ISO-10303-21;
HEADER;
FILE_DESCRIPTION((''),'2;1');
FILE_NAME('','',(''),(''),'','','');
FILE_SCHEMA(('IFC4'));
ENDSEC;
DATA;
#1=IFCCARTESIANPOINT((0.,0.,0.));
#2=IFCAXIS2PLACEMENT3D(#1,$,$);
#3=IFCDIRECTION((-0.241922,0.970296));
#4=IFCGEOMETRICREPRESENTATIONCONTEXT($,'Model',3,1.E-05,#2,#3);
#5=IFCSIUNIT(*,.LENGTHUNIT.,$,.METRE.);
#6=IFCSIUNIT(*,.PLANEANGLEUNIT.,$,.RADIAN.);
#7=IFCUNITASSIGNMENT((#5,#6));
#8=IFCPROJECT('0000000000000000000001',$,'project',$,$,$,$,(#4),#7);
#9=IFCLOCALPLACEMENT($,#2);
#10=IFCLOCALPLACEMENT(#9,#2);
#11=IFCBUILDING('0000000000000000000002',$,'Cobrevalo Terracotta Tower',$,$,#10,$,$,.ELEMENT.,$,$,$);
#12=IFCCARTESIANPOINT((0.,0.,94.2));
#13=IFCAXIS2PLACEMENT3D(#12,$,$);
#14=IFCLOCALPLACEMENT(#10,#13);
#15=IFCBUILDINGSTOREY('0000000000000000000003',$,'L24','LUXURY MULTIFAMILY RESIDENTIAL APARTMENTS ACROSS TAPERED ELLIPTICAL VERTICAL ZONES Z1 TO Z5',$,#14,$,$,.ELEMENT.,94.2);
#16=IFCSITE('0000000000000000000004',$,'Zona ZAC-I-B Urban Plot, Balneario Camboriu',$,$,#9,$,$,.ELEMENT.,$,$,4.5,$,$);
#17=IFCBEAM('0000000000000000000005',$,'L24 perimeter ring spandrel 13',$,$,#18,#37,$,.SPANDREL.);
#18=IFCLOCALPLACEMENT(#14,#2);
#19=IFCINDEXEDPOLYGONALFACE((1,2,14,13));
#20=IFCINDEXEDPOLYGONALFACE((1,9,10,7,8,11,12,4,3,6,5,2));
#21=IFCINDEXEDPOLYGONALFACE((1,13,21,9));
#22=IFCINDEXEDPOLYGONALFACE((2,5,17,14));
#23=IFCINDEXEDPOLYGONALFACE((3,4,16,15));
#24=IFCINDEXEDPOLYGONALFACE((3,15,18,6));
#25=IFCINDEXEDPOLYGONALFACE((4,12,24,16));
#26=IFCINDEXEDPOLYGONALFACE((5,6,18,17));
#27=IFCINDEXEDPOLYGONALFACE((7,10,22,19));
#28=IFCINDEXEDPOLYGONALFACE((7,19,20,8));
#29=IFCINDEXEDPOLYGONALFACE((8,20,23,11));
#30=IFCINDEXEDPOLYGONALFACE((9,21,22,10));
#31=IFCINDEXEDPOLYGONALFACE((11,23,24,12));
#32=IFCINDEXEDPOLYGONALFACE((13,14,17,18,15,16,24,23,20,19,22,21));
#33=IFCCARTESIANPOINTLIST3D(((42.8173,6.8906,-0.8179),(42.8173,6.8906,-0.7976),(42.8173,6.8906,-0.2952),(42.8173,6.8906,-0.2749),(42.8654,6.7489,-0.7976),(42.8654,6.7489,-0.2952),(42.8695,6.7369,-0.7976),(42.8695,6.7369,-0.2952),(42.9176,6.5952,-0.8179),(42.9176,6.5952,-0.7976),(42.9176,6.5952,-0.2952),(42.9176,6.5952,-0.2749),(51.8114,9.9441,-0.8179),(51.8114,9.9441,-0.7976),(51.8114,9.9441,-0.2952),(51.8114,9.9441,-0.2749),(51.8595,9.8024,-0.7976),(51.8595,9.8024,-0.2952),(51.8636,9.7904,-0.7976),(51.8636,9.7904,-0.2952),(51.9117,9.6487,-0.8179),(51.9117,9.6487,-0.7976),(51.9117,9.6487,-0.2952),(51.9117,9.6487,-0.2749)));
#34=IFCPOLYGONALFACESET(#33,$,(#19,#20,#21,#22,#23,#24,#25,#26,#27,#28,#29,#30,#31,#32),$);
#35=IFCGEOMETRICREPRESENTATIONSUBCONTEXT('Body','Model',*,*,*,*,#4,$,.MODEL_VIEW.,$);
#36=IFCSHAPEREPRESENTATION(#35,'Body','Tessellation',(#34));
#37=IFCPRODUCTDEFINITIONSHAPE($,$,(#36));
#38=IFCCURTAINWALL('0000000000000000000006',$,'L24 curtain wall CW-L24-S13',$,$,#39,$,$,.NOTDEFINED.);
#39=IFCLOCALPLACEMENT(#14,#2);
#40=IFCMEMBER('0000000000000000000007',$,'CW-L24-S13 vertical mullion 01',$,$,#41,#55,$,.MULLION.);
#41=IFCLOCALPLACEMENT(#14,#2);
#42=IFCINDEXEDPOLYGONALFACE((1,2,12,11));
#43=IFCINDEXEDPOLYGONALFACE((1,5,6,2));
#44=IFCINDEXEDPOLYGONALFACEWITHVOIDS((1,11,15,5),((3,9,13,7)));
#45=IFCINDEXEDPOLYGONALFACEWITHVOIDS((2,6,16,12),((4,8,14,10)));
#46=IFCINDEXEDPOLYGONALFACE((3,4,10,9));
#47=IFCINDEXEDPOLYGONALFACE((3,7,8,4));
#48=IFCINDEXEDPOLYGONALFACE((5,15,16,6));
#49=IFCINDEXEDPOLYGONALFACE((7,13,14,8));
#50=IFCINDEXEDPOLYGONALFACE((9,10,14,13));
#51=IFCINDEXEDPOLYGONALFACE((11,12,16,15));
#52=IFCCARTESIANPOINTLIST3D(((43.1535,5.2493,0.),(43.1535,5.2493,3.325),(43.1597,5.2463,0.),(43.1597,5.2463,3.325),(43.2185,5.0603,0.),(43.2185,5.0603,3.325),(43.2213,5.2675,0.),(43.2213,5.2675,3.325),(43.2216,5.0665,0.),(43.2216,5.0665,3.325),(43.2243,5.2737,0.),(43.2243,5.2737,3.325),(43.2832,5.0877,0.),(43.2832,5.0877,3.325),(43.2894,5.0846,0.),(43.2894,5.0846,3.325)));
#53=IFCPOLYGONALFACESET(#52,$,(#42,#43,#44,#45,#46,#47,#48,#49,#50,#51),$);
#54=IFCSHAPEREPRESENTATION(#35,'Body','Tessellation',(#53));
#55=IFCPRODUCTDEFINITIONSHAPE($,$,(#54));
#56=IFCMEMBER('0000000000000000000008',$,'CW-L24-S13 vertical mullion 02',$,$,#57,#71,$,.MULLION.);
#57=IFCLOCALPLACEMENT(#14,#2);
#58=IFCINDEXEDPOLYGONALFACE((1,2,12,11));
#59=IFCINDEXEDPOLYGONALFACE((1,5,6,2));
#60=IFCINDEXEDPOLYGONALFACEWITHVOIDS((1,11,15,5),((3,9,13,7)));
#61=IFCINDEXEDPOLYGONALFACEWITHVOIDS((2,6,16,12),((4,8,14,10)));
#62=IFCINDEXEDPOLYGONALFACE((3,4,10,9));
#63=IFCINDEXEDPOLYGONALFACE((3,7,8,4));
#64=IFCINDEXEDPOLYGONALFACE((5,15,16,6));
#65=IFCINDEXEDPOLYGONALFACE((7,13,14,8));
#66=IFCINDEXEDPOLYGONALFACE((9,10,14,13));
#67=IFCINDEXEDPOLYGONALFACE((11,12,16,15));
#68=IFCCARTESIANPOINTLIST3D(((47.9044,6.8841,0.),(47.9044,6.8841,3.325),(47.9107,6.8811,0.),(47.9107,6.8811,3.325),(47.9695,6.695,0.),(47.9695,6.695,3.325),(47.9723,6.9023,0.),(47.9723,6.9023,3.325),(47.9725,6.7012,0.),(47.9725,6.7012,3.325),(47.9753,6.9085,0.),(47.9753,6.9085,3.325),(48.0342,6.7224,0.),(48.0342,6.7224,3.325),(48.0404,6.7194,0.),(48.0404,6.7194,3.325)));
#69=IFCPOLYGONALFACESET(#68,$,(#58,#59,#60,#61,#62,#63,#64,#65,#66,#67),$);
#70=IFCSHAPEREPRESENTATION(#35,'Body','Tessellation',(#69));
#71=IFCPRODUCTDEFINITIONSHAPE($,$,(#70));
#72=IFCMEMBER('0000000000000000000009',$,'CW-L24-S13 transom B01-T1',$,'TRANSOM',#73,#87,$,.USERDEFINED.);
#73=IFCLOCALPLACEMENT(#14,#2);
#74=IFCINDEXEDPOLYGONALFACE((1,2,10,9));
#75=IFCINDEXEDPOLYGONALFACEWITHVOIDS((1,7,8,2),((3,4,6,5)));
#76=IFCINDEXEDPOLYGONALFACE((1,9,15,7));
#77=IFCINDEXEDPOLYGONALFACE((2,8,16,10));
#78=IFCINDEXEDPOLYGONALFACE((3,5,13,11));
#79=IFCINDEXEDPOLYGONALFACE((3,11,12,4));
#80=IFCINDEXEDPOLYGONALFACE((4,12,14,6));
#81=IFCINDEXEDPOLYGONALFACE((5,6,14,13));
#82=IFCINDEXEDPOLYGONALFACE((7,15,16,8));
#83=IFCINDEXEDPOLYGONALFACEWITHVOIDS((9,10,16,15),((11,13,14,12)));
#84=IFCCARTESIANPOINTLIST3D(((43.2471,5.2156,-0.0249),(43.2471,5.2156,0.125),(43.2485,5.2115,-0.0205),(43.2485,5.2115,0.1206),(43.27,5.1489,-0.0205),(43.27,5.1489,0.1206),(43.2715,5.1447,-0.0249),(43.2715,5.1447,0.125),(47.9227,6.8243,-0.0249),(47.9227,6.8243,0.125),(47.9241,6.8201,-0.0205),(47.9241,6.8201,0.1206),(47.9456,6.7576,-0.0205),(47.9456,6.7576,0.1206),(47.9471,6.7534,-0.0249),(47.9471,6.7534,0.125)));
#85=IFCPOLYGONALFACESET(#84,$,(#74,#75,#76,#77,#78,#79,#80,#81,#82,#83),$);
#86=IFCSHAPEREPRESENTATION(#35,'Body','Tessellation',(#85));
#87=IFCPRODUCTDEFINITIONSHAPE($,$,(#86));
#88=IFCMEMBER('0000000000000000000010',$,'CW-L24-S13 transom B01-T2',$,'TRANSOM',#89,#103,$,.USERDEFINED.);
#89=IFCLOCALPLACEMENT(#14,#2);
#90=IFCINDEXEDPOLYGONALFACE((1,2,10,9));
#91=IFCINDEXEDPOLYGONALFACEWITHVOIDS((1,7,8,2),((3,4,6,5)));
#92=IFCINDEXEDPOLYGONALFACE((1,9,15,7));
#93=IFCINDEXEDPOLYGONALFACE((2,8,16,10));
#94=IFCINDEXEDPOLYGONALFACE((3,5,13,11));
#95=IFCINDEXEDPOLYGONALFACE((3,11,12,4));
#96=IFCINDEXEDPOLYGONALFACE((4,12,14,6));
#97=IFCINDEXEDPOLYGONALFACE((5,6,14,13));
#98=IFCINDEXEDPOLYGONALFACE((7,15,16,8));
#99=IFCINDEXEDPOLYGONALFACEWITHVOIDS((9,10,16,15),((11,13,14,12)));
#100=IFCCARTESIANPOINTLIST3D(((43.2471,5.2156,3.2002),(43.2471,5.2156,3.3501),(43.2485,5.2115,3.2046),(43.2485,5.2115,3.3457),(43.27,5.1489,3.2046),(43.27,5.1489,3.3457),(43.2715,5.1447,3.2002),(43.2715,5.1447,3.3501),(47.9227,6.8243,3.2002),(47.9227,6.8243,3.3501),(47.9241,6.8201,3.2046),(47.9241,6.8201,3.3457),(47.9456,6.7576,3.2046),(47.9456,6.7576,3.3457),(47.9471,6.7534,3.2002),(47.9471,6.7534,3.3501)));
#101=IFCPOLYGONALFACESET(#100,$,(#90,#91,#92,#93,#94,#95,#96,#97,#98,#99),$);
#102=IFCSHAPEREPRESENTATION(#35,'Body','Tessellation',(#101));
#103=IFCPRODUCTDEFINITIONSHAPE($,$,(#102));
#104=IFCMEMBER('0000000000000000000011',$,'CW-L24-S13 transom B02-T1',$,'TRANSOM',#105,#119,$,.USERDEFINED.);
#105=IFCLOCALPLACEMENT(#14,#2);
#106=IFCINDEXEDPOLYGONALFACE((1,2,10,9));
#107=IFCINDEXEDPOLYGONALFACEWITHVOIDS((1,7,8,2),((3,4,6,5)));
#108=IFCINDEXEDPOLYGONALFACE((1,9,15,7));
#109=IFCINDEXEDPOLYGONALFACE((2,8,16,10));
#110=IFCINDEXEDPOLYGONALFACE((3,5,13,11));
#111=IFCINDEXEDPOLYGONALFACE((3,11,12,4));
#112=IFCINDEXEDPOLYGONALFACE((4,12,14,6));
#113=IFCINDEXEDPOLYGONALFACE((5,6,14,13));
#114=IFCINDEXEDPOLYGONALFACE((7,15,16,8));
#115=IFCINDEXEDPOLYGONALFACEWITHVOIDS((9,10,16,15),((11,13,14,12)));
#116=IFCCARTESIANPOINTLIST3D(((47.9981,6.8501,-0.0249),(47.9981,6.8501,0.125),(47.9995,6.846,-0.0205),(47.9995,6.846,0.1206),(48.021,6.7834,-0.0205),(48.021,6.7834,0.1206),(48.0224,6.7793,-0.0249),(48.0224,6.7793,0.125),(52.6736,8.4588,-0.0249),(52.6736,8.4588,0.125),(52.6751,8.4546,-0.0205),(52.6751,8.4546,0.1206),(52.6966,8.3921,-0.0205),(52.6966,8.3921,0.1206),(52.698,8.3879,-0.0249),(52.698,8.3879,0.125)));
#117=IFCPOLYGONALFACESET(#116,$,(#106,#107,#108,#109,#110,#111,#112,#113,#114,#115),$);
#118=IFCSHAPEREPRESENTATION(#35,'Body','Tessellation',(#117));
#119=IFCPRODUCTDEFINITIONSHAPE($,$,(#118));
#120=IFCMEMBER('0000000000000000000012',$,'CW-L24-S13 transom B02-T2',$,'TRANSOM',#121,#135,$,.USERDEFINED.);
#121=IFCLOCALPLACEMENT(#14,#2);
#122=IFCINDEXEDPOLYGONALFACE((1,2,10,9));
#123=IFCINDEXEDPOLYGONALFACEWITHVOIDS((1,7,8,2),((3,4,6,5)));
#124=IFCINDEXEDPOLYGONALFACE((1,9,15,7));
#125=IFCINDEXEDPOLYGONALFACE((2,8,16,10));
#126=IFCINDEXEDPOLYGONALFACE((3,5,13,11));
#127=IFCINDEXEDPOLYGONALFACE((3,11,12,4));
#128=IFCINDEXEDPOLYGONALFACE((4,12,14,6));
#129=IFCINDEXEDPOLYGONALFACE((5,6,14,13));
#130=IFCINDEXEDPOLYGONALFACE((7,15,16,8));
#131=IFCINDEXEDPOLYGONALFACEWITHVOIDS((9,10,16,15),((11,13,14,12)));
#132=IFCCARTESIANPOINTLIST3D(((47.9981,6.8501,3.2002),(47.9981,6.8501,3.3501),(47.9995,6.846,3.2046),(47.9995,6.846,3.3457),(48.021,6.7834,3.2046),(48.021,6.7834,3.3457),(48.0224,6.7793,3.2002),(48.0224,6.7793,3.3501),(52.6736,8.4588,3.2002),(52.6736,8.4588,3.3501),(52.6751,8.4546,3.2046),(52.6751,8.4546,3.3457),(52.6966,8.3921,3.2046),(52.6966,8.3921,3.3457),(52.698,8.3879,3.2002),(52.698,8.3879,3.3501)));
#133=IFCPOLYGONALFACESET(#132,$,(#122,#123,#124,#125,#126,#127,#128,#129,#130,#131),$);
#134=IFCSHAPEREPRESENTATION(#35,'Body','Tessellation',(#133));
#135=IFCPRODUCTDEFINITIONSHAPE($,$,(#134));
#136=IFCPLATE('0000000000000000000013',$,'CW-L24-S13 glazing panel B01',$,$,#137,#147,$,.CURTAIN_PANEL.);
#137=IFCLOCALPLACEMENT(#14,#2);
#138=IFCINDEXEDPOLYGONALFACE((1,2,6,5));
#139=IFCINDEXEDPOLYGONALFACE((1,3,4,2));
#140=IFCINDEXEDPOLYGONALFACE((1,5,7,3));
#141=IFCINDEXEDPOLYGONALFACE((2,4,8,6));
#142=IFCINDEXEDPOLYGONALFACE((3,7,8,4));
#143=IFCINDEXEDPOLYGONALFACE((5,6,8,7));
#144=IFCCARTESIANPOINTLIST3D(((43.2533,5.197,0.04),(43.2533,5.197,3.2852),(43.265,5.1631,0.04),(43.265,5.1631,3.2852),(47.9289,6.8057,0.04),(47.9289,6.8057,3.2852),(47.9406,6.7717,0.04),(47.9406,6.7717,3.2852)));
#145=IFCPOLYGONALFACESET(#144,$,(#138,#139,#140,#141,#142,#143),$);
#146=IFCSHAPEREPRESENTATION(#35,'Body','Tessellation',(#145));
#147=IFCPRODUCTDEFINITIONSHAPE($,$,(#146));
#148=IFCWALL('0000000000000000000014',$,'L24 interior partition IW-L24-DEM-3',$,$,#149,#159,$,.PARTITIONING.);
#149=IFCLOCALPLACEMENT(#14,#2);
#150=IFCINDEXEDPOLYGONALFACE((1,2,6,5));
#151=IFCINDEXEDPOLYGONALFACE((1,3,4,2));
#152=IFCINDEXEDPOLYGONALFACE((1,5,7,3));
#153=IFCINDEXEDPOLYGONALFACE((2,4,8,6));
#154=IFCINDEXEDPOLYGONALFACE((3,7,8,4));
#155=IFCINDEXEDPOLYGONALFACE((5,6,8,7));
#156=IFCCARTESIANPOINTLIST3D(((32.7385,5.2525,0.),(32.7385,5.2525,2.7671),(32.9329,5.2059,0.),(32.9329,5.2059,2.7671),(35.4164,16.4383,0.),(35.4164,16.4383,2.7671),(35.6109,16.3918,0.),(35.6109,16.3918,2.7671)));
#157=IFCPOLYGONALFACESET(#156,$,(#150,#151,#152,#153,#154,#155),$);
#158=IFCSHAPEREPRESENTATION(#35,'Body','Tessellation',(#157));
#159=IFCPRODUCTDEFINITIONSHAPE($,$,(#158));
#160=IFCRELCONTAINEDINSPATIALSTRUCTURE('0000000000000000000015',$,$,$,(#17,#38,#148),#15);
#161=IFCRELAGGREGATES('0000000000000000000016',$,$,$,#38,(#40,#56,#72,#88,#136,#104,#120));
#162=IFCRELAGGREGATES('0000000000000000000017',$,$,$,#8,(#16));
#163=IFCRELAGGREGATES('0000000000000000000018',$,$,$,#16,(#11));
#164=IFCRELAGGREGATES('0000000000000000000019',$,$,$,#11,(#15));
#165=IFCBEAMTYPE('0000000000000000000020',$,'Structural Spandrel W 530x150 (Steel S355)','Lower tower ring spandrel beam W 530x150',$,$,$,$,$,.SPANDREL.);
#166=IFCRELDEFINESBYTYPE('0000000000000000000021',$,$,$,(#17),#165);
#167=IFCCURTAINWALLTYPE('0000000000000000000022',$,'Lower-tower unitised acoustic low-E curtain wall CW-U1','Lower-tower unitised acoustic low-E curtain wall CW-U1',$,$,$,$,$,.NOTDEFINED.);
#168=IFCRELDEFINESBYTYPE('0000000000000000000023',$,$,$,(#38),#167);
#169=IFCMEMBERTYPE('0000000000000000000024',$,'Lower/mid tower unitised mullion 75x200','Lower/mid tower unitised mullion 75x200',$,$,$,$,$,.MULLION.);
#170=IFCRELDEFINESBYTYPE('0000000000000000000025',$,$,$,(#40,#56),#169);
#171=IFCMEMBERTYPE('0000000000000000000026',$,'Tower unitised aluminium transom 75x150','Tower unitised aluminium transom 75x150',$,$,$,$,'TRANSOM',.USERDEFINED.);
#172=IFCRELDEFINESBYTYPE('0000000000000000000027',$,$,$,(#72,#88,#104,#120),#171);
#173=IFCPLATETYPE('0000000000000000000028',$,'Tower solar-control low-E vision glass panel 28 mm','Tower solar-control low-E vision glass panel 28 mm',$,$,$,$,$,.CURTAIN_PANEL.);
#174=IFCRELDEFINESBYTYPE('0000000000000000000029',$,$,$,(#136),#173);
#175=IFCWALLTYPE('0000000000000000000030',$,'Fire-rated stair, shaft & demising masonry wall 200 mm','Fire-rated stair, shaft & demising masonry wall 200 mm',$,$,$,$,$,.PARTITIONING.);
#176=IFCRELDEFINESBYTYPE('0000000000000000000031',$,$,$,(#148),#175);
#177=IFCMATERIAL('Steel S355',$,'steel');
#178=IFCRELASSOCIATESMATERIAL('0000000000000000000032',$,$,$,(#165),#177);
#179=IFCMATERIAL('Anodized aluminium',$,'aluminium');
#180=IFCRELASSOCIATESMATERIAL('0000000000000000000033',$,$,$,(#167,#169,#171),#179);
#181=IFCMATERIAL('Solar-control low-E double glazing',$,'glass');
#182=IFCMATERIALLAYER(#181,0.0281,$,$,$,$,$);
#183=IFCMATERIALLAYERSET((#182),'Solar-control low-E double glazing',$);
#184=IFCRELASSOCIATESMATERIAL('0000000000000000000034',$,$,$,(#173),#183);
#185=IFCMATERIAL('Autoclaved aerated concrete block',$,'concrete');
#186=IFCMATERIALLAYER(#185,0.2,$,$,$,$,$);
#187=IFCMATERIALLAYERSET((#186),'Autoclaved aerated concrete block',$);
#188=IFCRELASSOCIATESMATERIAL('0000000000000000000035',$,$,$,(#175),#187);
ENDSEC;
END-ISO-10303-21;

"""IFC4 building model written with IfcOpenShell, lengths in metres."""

from ifc_helpers import new_model, si_unit, direction, frame, frame_2d, origin, origin_2d, place, context, subcontext, project, spatial, rectangle, hollow_rectangle, i_section, extrude, source, transform, mapped, material, layer, layer_set, material_profile, profile_set, type_object, element, aggregate, save


model = new_model("IFC4")

# Units and contexts
model_context = context("Model", 3, precision=1e-05, world=origin(), true_north=direction((-0.241922, 0.970296)))
body_context = subcontext(model_context, "Body", "Model", "MODEL_VIEW")
ifc_project = project(units=[si_unit("LENGTHUNIT", "METRE"), si_unit("PLANEANGLEUNIT", "RADIAN")], contexts=[model_context])

# Site, building, storey
site_placement = place(None, origin())
site = spatial("IfcSite", under=ifc_project, at=site_placement, Name="Zona ZAC-I-B Urban Plot, Balneario Camboriu", CompositionType="ELEMENT", RefElevation=4.5)
building_placement = place(site_placement, origin())
building = spatial("IfcBuilding", under=site, at=building_placement, Name="Cobrevalo Terracotta Tower", CompositionType="ELEMENT")
storey_placement = place(building_placement, frame((0.0, 0.0, 94.2)))
storey = spatial("IfcBuildingStorey", under=building, at=storey_placement, Name="L24", Description="LUXURY MULTIFAMILY RESIDENTIAL APARTMENTS ACROSS TAPERED ELLIPTICAL VERTICAL ZONES Z1 TO Z5", CompositionType="ELEMENT", Elevation=94.2)

# Shared definitions
ifc_material_1 = material(Name="Steel S355", Category="steel")

# Beam
ifc_material_profile_1 = material_profile(ifc_material_1, i_section(OverallWidth=0.312, OverallDepth=0.543, WebThickness=0.0127, FlangeThickness=0.0203, at=origin_2d()), Name="W 530x150")
ifc_profile_set_1 = profile_set([ifc_material_profile_1], Name="Steel S355")
beam_type_1 = type_object("IfcBeamType", Name="Structural Spandrel W 530x150 (Steel S355)", Description="Lower tower ring spandrel beam W 530x150", PredefinedType="SPANDREL", material=ifc_profile_set_1)
beam_1_placement = place(storey_placement, frame((42.8674, 6.7429, -0.5464), z_axis=(0.946918, 0.321474, 0.0), x_axis=(-0.321474, 0.946918, 0.0)))
element("IfcBeam", 1, at=beam_1_placement, inside=storey, type_object=beam_type_1, Name="L24 perimeter ring spandrel 13", PredefinedType="SPANDREL", context=body_context, shape_type="SweptSolid", body=[
    extrude(i_section(OverallWidth=0.312, OverallDepth=0.543, WebThickness=0.0127, FlangeThickness=0.0203, at=origin_2d()), origin(), (0.0, 0.0, 1.0), 9.4983),
])

# Curtain wall, members, plate
ifc_material_2 = material(Name="Anodized aluminium", Category="aluminium")
curtain_wall_type = type_object("IfcCurtainWallType", Name="Lower-tower unitised acoustic low-E curtain wall CW-U1", Description="Lower-tower unitised acoustic low-E curtain wall CW-U1", PredefinedType="NOTDEFINED", material=ifc_material_2)
curtain_wall_placement = place(storey_placement, origin())
curtain_wall = element("IfcCurtainWall", 2, at=curtain_wall_placement, inside=storey, type_object=curtain_wall_type, Name="L24 curtain wall CW-L24-S13", PredefinedType="NOTDEFINED")
ifc_material_profile_2 = material_profile(ifc_material_2, hollow_rectangle(XDim=0.075, YDim=0.2, WallThickness=0.0049, at=origin_2d()), Name="CWM 75x200")
ifc_profile_set_2 = profile_set([ifc_material_profile_2], Name="Anodized aluminium")
member_type_1 = type_object("IfcMemberType", Name="Lower/mid tower unitised mullion 75x200", Description="Lower/mid tower unitised mullion 75x200", PredefinedType="MULLION", material=ifc_profile_set_2)
shared_shape_1 = source(origin(), body_context, "Body", "SweptSolid", [
    extrude(hollow_rectangle(XDim=0.075, YDim=0.2, WallThickness=0.0049, at=origin_2d()), origin(), (0.0, 0.0, 1.0), 3.325),
])
member_1_placement = place(storey_placement, frame((43.2214, 5.167, 0.0), z_axis=(0.0, 0.0, 1.0), x_axis=(0.945598, 0.325337, 0.0)))
member_1 = element("IfcMember", 3, at=member_1_placement, type_object=member_type_1, Name="CW-L24-S13 vertical mullion 01", PredefinedType="MULLION", context=body_context, shape_type="MappedRepresentation", body=[
    mapped(shared_shape_1, transform((0.0, 0.0, 0.0), scale=1.0)),
])
member_2_placement = place(storey_placement, frame((47.9724, 6.8018, 0.0), z_axis=(0.0, 0.0, 1.0), x_axis=(0.945598, 0.325337, 0.0)))
member_2 = element("IfcMember", 4, at=member_2_placement, type_object=member_type_1, Name="CW-L24-S13 vertical mullion 02", PredefinedType="MULLION", context=body_context, shape_type="MappedRepresentation", body=[
    mapped(shared_shape_1, transform((0.0, 0.0, 0.0), scale=1.0)),
])
ifc_material_profile_3 = material_profile(ifc_material_2, hollow_rectangle(XDim=0.075, YDim=0.1499, WallThickness=0.0044, at=origin_2d()), Name="CWT 75x150")
ifc_profile_set_3 = profile_set([ifc_material_profile_3], Name="Anodized aluminium")
member_type_2 = type_object("IfcMemberType", Name="Tower unitised aluminium transom 75x150", Description="Tower unitised aluminium transom 75x150", ElementType="TRANSOM", PredefinedType="USERDEFINED", material=ifc_profile_set_3)
shared_shape_2 = source(origin(), body_context, "Body", "SweptSolid", [
    extrude(hollow_rectangle(XDim=0.075, YDim=0.1499, WallThickness=0.0044, at=origin_2d()), origin(), (0.0, 0.0, 1.0), 4.9446),
])
member_3_placement = place(storey_placement, frame((43.2593, 5.1802, 0.05), z_axis=(0.945598, 0.325338, 0.0), x_axis=(-0.325338, 0.945598, 0.0)))
member_3 = element("IfcMember", 5, at=member_3_placement, type_object=member_type_2, Name="CW-L24-S13 transom B01-T1", ObjectType="TRANSOM", PredefinedType="USERDEFINED", context=body_context, shape_type="MappedRepresentation", body=[
    mapped(shared_shape_2, transform((0.0, 0.0, 0.0), scale=1.0)),
])
member_4_placement = place(storey_placement, frame((43.2593, 5.1802, 3.2751), z_axis=(0.945598, 0.325338, 0.0), x_axis=(-0.325338, 0.945598, 0.0)))
member_4 = element("IfcMember", 6, at=member_4_placement, type_object=member_type_2, Name="CW-L24-S13 transom B01-T2", ObjectType="TRANSOM", PredefinedType="USERDEFINED", context=body_context, shape_type="MappedRepresentation", body=[
    mapped(shared_shape_2, transform((0.0, 0.0, 0.0), scale=1.0)),
])
member_5_placement = place(storey_placement, frame((48.0103, 6.8147, 0.05), z_axis=(0.945598, 0.325338, 0.0), x_axis=(-0.325338, 0.945598, 0.0)))
member_5 = element("IfcMember", 7, at=member_5_placement, type_object=member_type_2, Name="CW-L24-S13 transom B02-T1", ObjectType="TRANSOM", PredefinedType="USERDEFINED", context=body_context, shape_type="MappedRepresentation", body=[
    mapped(shared_shape_2, transform((0.0, 0.0, 0.0), scale=1.0)),
])
member_6_placement = place(storey_placement, frame((48.0103, 6.8147, 3.2751), z_axis=(0.945598, 0.325338, 0.0), x_axis=(-0.325338, 0.945598, 0.0)))
member_6 = element("IfcMember", 8, at=member_6_placement, type_object=member_type_2, Name="CW-L24-S13 transom B02-T2", ObjectType="TRANSOM", PredefinedType="USERDEFINED", context=body_context, shape_type="MappedRepresentation", body=[
    mapped(shared_shape_2, transform((0.0, 0.0, 0.0), scale=1.0)),
])
ifc_material_3 = material(Name="Solar-control low-E double glazing", Category="glass")
ifc_layer_1 = layer(ifc_material_3, 0.0281)
ifc_layer_set_1 = layer_set([ifc_layer_1], Name="Solar-control low-E double glazing")
plate_type = type_object("IfcPlateType", Name="Tower solar-control low-E vision glass panel 28 mm", Description="Tower solar-control low-E vision glass panel 28 mm", PredefinedType="CURTAIN_PANEL", material=ifc_layer_set_1)
shared_shape_3 = source(origin(), body_context, "Body", "SweptSolid", [
    extrude(rectangle(XDim=4.9446, YDim=0.0359, at=origin_2d()), origin(), (0.0, 0.0, 1.0), 3.2451),
])
plate_placement = place(storey_placement, frame((45.5969, 5.9844, 0.04), z_axis=(0.0, 0.0, 1.0), x_axis=(0.945596, 0.325342, 0.0)))
plate = element("IfcPlate", 9, at=plate_placement, type_object=plate_type, Name="CW-L24-S13 glazing panel B01", PredefinedType="CURTAIN_PANEL", context=body_context, shape_type="MappedRepresentation", body=[
    mapped(shared_shape_3, transform((0.0, 0.0, 0.0), scale=1.0)),
])
aggregate(curtain_wall, [member_1, member_2, member_3, member_4, plate, member_5, member_6])

# Wall
ifc_material_4 = material(Name="Autoclaved aerated concrete block", Category="concrete")
ifc_layer_2 = layer(ifc_material_4, 0.2)
ifc_layer_set_2 = layer_set([ifc_layer_2], Name="Autoclaved aerated concrete block")
wall_type_1 = type_object("IfcWallType", Name="Fire-rated stair, shaft & demising masonry wall 200 mm", Description="Fire-rated stair, shaft & demising masonry wall 200 mm", PredefinedType="PARTITIONING", material=ifc_layer_set_2)
wall_1_placement = place(storey_placement, frame((35.5137, 16.415, 0.0), z_axis=(0.0, 0.0, 1.0), x_axis=(-0.232829, -0.972518, 0.0)))
element("IfcWall", 10, at=wall_1_placement, inside=storey, type_object=wall_type_1, Name="L24 interior partition IW-L24-DEM-3", PredefinedType="PARTITIONING", context=body_context, shape_type="SweptSolid", body=[
    extrude(rectangle(XDim=11.502, YDim=0.2, at=frame_2d((5.751, 0.0))), origin(), (0.0, 0.0, 1.0), 2.7671),
])

save(model, "model.ifc")
